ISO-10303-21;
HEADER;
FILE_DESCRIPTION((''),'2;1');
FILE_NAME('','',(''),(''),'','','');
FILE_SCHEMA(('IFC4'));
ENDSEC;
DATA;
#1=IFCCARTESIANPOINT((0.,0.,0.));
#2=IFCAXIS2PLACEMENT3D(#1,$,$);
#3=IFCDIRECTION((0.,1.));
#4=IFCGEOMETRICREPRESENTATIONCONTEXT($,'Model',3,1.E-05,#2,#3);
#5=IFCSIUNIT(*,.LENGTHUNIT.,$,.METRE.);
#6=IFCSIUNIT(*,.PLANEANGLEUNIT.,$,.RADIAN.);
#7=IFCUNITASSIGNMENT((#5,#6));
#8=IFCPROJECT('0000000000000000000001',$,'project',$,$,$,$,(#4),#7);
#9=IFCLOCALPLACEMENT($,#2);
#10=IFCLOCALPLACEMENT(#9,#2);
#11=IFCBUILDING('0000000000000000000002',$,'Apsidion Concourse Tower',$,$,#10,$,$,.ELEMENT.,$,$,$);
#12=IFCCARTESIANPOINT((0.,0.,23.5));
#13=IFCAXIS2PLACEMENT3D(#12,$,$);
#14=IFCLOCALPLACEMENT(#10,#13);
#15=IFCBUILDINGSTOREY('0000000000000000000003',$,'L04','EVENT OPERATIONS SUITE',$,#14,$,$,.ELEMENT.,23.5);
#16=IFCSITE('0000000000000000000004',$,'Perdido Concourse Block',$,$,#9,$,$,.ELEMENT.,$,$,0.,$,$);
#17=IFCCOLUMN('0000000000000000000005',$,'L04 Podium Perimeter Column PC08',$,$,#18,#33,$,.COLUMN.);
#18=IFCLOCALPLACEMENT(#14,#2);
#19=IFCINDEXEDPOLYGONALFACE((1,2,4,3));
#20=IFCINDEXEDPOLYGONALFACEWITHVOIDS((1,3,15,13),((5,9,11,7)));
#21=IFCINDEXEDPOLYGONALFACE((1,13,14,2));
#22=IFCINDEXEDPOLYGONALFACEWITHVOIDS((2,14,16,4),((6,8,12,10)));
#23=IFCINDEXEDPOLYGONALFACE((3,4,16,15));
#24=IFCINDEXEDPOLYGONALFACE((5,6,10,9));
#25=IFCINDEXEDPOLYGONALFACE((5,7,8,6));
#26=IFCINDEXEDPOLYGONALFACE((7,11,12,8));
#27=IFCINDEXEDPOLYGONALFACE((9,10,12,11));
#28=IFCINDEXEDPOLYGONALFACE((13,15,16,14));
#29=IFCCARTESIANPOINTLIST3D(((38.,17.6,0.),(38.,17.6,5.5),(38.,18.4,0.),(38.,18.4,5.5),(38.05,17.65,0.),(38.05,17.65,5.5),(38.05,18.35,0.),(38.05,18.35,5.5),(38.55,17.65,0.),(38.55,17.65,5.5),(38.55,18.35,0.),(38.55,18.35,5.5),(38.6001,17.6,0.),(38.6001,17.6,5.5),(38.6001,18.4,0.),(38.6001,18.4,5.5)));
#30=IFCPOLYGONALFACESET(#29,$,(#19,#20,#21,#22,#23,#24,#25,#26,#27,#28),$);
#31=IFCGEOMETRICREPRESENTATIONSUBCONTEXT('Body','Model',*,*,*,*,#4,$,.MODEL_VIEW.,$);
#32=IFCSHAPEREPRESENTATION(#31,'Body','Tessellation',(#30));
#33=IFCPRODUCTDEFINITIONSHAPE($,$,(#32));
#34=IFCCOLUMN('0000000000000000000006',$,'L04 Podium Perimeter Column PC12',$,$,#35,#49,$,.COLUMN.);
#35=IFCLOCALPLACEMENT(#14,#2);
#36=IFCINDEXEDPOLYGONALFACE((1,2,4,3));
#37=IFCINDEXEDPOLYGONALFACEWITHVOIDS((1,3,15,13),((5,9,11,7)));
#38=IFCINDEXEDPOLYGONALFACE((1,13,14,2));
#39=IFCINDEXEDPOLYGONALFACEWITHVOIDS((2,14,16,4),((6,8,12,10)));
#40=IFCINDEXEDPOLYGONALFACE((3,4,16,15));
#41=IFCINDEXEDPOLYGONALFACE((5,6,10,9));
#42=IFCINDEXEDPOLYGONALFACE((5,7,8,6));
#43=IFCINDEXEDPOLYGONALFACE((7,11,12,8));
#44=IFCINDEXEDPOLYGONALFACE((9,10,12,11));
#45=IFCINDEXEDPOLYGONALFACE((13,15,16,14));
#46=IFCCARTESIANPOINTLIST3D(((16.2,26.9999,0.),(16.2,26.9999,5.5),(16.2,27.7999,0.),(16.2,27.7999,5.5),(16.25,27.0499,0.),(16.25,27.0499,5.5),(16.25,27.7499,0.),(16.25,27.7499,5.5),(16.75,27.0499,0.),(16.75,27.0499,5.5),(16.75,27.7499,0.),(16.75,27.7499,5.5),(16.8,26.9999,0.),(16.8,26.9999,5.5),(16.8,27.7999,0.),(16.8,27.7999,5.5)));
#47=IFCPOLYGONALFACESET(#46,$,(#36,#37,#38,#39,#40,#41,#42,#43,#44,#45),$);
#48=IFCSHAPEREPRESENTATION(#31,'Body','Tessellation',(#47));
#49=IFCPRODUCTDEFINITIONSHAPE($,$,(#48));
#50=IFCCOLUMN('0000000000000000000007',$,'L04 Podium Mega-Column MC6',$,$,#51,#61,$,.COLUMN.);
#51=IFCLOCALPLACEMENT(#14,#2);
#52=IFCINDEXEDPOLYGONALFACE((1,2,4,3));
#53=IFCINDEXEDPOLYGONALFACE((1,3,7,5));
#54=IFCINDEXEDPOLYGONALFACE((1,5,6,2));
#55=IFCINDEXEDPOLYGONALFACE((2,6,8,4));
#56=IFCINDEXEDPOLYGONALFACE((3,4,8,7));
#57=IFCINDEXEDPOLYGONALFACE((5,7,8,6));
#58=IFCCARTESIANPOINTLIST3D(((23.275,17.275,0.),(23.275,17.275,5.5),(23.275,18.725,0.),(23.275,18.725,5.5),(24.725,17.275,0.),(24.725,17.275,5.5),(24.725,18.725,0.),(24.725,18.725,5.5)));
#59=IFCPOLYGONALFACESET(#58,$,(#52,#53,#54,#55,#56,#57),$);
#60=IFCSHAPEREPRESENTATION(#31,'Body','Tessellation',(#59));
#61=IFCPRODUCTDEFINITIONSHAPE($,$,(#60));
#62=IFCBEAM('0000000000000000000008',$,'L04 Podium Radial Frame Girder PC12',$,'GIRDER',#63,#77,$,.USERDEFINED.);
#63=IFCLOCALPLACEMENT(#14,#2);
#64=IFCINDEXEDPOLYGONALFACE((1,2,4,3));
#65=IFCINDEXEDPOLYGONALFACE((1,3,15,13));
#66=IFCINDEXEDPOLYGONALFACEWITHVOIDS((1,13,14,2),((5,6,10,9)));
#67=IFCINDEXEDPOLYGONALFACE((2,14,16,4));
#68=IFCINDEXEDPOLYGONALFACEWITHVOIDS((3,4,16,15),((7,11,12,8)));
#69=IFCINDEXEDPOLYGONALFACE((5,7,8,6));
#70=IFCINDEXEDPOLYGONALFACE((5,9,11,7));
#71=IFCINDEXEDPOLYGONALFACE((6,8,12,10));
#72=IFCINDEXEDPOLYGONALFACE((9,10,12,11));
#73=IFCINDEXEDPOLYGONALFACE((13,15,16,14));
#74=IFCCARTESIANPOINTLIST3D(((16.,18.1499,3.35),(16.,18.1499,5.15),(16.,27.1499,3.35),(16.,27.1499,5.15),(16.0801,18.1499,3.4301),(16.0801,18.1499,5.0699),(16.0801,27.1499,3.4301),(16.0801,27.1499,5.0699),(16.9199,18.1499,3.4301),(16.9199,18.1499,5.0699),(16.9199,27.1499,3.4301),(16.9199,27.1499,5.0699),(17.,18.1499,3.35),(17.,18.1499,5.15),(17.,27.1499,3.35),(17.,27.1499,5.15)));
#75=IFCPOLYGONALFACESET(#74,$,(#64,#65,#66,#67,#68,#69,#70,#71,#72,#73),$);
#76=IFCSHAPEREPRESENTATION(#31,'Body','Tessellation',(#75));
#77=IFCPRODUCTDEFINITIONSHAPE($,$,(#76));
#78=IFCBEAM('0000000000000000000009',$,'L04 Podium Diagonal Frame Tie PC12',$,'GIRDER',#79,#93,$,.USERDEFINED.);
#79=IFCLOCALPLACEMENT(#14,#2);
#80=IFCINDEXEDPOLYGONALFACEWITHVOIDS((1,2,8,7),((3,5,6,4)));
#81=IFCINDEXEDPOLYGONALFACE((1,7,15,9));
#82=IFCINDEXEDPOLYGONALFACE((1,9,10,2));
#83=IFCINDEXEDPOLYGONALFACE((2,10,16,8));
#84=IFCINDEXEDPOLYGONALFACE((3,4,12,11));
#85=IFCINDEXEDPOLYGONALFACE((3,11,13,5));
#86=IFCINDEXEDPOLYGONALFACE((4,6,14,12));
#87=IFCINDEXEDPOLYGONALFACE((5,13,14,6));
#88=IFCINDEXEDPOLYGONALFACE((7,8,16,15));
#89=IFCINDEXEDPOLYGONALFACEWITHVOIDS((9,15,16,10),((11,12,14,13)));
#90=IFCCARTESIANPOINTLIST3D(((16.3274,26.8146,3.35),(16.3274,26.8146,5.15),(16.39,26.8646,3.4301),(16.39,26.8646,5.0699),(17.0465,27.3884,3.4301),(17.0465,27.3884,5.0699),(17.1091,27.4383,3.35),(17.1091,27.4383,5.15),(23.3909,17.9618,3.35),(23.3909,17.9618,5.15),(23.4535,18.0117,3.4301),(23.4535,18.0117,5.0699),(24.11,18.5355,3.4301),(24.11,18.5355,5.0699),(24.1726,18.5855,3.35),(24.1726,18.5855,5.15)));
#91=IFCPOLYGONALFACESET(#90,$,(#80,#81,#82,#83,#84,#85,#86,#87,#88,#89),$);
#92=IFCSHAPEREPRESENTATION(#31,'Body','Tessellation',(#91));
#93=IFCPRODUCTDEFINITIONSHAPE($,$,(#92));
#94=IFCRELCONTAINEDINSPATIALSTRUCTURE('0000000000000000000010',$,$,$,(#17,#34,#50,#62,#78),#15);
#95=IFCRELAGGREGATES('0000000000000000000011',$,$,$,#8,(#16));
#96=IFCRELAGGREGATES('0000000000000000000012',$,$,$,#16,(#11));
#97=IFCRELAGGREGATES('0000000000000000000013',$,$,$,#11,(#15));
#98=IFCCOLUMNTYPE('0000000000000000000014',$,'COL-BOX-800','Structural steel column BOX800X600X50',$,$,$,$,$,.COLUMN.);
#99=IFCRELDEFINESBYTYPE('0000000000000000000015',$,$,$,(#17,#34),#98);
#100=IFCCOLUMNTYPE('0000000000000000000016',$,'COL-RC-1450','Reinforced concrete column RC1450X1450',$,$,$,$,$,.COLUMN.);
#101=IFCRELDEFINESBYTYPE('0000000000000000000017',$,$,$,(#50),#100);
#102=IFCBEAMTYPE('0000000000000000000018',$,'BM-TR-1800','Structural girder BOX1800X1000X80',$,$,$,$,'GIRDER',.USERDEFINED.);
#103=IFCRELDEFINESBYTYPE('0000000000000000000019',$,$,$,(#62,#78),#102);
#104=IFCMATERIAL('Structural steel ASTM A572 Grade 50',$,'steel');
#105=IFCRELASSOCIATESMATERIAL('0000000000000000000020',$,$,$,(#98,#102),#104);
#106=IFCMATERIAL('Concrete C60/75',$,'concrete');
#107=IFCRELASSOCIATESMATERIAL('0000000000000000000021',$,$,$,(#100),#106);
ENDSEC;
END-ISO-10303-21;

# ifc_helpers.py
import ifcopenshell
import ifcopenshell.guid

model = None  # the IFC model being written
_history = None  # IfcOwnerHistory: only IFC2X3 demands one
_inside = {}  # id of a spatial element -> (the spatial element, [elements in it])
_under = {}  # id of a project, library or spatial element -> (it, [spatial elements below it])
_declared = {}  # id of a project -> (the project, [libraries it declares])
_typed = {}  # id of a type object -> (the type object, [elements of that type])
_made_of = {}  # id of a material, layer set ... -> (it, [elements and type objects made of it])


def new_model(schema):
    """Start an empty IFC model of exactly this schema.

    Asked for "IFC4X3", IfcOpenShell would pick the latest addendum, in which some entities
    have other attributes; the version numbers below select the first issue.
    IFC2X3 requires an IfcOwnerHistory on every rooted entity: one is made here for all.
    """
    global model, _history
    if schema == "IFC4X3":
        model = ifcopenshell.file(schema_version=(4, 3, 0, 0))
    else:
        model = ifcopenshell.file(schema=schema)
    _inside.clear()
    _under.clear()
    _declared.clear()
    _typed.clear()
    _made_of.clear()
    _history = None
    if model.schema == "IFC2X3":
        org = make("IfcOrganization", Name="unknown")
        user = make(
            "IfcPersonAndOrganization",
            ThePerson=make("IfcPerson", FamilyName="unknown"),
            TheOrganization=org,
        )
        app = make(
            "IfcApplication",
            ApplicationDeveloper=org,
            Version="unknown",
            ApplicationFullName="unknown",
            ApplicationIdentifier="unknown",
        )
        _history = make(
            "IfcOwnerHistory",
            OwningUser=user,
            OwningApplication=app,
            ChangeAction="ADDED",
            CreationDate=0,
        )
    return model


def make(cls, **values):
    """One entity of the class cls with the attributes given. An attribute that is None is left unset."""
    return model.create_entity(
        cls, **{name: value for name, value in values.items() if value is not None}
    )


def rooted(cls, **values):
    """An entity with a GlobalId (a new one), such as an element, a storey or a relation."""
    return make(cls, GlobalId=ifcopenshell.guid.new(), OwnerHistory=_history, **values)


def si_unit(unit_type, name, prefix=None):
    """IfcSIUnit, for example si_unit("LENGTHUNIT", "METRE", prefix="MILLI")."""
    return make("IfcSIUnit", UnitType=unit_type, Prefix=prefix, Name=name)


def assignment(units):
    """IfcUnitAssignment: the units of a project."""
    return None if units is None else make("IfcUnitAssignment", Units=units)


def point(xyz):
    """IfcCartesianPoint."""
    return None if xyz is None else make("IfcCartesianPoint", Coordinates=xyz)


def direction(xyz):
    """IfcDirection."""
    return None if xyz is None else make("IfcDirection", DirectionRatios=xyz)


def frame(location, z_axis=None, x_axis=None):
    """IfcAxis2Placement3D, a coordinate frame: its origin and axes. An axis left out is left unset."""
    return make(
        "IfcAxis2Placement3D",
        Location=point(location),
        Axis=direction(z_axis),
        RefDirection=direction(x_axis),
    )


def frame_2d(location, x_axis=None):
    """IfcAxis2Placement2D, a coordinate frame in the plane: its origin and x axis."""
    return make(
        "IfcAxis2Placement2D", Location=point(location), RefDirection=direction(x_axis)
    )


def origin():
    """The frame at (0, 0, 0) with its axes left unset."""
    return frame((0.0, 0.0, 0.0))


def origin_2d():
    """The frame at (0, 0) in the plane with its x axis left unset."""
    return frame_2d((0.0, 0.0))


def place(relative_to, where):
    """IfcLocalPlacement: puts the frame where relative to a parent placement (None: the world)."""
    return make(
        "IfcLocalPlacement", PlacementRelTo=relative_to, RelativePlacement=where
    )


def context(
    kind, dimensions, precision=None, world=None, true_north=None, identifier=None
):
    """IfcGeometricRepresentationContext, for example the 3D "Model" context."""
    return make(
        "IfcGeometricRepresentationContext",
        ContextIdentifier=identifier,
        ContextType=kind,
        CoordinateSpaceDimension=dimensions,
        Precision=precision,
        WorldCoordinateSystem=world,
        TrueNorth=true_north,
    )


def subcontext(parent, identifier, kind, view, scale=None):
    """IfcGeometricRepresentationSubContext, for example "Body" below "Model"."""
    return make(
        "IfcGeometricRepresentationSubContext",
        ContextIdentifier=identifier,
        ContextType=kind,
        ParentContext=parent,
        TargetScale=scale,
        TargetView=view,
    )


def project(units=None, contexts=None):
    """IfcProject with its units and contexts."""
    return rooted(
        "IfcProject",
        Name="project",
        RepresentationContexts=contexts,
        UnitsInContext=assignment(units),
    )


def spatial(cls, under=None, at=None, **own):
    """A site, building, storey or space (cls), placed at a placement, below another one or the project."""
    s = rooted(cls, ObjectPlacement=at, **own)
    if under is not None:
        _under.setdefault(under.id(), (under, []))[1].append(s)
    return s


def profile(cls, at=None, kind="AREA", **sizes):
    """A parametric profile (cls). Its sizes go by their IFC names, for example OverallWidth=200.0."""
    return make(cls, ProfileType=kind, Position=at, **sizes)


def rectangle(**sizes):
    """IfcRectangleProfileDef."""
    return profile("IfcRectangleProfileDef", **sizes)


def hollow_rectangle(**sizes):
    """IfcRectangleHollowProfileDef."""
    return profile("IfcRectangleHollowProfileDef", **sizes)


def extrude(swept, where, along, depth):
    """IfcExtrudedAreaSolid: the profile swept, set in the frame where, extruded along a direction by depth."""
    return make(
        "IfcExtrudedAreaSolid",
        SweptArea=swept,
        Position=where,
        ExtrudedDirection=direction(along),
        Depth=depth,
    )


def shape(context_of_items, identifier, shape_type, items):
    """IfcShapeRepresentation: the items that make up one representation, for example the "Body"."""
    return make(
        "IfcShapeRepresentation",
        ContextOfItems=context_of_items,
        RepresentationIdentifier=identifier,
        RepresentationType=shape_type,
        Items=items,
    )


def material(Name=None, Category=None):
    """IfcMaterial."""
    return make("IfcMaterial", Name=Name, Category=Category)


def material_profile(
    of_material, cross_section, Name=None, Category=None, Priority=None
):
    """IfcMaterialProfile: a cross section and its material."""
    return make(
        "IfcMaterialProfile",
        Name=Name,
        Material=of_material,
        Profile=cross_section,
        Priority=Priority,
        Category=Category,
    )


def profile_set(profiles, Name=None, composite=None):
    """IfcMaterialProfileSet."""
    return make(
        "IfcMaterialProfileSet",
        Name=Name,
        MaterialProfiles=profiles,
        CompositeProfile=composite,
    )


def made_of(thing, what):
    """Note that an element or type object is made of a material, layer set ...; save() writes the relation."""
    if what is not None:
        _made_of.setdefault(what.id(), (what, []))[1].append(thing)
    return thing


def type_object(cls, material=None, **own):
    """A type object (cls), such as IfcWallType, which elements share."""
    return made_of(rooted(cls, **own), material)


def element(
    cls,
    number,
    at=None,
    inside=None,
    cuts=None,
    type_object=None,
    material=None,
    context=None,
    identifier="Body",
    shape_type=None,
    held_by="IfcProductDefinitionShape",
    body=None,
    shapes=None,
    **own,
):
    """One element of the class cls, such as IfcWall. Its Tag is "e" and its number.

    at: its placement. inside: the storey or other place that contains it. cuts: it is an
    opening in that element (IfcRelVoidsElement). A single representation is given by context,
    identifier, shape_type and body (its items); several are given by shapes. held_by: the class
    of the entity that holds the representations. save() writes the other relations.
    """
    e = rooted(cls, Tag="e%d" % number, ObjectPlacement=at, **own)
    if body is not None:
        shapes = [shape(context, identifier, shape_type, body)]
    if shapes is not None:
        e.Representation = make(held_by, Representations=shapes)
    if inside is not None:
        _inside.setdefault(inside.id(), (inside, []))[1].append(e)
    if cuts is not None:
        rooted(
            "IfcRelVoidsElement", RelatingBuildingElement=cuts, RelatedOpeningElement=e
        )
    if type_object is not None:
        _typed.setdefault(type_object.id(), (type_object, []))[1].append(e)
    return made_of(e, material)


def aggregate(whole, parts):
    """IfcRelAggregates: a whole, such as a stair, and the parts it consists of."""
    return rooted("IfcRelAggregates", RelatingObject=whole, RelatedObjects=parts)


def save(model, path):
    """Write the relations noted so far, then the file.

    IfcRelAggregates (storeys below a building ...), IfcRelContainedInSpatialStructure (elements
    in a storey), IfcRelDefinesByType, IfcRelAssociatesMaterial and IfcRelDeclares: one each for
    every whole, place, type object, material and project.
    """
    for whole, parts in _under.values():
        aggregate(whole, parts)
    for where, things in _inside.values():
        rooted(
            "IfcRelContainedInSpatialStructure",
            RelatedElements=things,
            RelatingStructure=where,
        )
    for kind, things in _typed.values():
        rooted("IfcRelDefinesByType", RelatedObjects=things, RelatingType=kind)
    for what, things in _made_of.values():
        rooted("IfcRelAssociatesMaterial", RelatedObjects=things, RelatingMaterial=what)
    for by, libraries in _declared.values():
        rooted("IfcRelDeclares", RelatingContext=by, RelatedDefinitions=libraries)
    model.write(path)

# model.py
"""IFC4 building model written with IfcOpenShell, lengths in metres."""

from ifc_helpers import new_model, si_unit, direction, frame, origin, origin_2d, place, context, subcontext, project, spatial, rectangle, hollow_rectangle, extrude, material, material_profile, profile_set, type_object, element, save


model = new_model("IFC4")

# Units and contexts
model_context = context("Model", 3, precision=1e-05, world=origin(), true_north=direction((0.0, 1.0)))
body_context = subcontext(model_context, "Body", "Model", "MODEL_VIEW")
ifc_project = project(units=[si_unit("LENGTHUNIT", "METRE"), si_unit("PLANEANGLEUNIT", "RADIAN")], contexts=[model_context])

# Site, building, storey
site_placement = place(None, origin())
site = spatial("IfcSite", under=ifc_project, at=site_placement, Name="Perdido Concourse Block", CompositionType="ELEMENT", RefElevation=0.0)
building_placement = place(site_placement, origin())
building = spatial("IfcBuilding", under=site, at=building_placement, Name="Apsidion Concourse Tower", CompositionType="ELEMENT")
storey_placement = place(building_placement, frame((0.0, 0.0, 23.5)))
storey = spatial("IfcBuildingStorey", under=building, at=storey_placement, Name="L04", Description="EVENT OPERATIONS SUITE", CompositionType="ELEMENT", Elevation=23.5)

# Columns
ifc_material_1 = material(Name="Structural steel ASTM A572 Grade 50", Category="steel")
ifc_material_profile_1 = material_profile(ifc_material_1, hollow_rectangle(XDim=0.6001, YDim=0.8, WallThickness=0.05, at=origin_2d()), Name="BOX800X600X50")
ifc_profile_set_1 = profile_set([ifc_material_profile_1], Name="Structural steel ASTM A572 Grade 50")
column_type_1 = type_object("IfcColumnType", Name="COL-BOX-800", Description="Structural steel column BOX800X600X50", PredefinedType="COLUMN", material=ifc_profile_set_1)
for number, where, z_axis, x_axis, name in (
    (1, (38.3, 18.0, 0.0), (0.0, 0.0, 1.0), (1.0, 0.0, 0.0), "L04 Podium Perimeter Column PC08"),
    (2, (16.5, 27.3999, 0.0), (0.0, 0.0, 1.0), (1.0, 0.0, 0.0), "L04 Podium Perimeter Column PC12"),
):
    element("IfcColumn", number, at=place(storey_placement, frame(where, z_axis=z_axis, x_axis=x_axis)), inside=storey, type_object=column_type_1, Name=name, PredefinedType="COLUMN", context=body_context, shape_type="SweptSolid", body=[
        extrude(hollow_rectangle(XDim=0.6001, YDim=0.8, WallThickness=0.05, at=origin_2d()), origin(), (0.0, 0.0, 1.0), 5.5),
    ])
ifc_material_2 = material(Name="Concrete C60/75", Category="concrete")
ifc_material_profile_2 = material_profile(ifc_material_2, rectangle(XDim=1.45, YDim=1.45, at=origin_2d()), Name="RC 1450x1450")
ifc_profile_set_2 = profile_set([ifc_material_profile_2], Name="Concrete C60/75")
column_type_2 = type_object("IfcColumnType", Name="COL-RC-1450", Description="Reinforced concrete column RC1450X1450", PredefinedType="COLUMN", material=ifc_profile_set_2)
column_placement = place(storey_placement, frame((24.0, 18.0, 0.0), z_axis=(0.0, 0.0, 1.0), x_axis=(1.0, 0.0, 0.0)))
element("IfcColumn", 3, at=column_placement, inside=storey, type_object=column_type_2, Name="L04 Podium Mega-Column MC6", PredefinedType="COLUMN", context=body_context, shape_type="SweptSolid", body=[
    extrude(rectangle(XDim=1.45, YDim=1.45, at=origin_2d()), origin(), (0.0, 0.0, 1.0), 5.5),
])

# Beams
ifc_material_profile_3 = material_profile(ifc_material_1, hollow_rectangle(XDim=1.0, YDim=1.8, WallThickness=0.0801, at=origin_2d()), Name="BOX1800X1000X80")
ifc_profile_set_3 = profile_set([ifc_material_profile_3], Name="Structural steel ASTM A572 Grade 50")
beam_type = type_object("IfcBeamType", Name="BM-TR-1800", Description="Structural girder BOX1800X1000X80", ElementType="GIRDER", PredefinedType="USERDEFINED", material=ifc_profile_set_3)
beam_1_placement = place(storey_placement, frame((16.5, 27.1499, 4.25), z_axis=(0.0, -1.0, 0.0), x_axis=(1.0, 0.0, 0.0)))
element("IfcBeam", 4, at=beam_1_placement, inside=storey, type_object=beam_type, Name="L04 Podium Radial Frame Girder PC12", ObjectType="GIRDER", PredefinedType="USERDEFINED", context=body_context, shape_type="SweptSolid", body=[
    extrude(hollow_rectangle(XDim=1.0, YDim=1.8, WallThickness=0.0801, at=origin_2d()), origin(), (0.0, 0.0, 1.0), 9.0),
])
beam_2_placement = place(storey_placement, frame((16.7183, 27.1265, 4.25), z_axis=(0.623685, -0.781676, 0.0), x_axis=(0.781676, 0.623685, 0.0)))
element("IfcBeam", 5, at=beam_2_placement, inside=storey, type_object=beam_type, Name="L04 Podium Diagonal Frame Tie PC12", ObjectType="GIRDER", PredefinedType="USERDEFINED", context=body_context, shape_type="SweptSolid", body=[
    extrude(hollow_rectangle(XDim=1.0, YDim=1.8, WallThickness=0.0801, at=origin_2d()), origin(), (0.0, 0.0, 1.0), 11.3254),
])

save(model, "model.ifc")
